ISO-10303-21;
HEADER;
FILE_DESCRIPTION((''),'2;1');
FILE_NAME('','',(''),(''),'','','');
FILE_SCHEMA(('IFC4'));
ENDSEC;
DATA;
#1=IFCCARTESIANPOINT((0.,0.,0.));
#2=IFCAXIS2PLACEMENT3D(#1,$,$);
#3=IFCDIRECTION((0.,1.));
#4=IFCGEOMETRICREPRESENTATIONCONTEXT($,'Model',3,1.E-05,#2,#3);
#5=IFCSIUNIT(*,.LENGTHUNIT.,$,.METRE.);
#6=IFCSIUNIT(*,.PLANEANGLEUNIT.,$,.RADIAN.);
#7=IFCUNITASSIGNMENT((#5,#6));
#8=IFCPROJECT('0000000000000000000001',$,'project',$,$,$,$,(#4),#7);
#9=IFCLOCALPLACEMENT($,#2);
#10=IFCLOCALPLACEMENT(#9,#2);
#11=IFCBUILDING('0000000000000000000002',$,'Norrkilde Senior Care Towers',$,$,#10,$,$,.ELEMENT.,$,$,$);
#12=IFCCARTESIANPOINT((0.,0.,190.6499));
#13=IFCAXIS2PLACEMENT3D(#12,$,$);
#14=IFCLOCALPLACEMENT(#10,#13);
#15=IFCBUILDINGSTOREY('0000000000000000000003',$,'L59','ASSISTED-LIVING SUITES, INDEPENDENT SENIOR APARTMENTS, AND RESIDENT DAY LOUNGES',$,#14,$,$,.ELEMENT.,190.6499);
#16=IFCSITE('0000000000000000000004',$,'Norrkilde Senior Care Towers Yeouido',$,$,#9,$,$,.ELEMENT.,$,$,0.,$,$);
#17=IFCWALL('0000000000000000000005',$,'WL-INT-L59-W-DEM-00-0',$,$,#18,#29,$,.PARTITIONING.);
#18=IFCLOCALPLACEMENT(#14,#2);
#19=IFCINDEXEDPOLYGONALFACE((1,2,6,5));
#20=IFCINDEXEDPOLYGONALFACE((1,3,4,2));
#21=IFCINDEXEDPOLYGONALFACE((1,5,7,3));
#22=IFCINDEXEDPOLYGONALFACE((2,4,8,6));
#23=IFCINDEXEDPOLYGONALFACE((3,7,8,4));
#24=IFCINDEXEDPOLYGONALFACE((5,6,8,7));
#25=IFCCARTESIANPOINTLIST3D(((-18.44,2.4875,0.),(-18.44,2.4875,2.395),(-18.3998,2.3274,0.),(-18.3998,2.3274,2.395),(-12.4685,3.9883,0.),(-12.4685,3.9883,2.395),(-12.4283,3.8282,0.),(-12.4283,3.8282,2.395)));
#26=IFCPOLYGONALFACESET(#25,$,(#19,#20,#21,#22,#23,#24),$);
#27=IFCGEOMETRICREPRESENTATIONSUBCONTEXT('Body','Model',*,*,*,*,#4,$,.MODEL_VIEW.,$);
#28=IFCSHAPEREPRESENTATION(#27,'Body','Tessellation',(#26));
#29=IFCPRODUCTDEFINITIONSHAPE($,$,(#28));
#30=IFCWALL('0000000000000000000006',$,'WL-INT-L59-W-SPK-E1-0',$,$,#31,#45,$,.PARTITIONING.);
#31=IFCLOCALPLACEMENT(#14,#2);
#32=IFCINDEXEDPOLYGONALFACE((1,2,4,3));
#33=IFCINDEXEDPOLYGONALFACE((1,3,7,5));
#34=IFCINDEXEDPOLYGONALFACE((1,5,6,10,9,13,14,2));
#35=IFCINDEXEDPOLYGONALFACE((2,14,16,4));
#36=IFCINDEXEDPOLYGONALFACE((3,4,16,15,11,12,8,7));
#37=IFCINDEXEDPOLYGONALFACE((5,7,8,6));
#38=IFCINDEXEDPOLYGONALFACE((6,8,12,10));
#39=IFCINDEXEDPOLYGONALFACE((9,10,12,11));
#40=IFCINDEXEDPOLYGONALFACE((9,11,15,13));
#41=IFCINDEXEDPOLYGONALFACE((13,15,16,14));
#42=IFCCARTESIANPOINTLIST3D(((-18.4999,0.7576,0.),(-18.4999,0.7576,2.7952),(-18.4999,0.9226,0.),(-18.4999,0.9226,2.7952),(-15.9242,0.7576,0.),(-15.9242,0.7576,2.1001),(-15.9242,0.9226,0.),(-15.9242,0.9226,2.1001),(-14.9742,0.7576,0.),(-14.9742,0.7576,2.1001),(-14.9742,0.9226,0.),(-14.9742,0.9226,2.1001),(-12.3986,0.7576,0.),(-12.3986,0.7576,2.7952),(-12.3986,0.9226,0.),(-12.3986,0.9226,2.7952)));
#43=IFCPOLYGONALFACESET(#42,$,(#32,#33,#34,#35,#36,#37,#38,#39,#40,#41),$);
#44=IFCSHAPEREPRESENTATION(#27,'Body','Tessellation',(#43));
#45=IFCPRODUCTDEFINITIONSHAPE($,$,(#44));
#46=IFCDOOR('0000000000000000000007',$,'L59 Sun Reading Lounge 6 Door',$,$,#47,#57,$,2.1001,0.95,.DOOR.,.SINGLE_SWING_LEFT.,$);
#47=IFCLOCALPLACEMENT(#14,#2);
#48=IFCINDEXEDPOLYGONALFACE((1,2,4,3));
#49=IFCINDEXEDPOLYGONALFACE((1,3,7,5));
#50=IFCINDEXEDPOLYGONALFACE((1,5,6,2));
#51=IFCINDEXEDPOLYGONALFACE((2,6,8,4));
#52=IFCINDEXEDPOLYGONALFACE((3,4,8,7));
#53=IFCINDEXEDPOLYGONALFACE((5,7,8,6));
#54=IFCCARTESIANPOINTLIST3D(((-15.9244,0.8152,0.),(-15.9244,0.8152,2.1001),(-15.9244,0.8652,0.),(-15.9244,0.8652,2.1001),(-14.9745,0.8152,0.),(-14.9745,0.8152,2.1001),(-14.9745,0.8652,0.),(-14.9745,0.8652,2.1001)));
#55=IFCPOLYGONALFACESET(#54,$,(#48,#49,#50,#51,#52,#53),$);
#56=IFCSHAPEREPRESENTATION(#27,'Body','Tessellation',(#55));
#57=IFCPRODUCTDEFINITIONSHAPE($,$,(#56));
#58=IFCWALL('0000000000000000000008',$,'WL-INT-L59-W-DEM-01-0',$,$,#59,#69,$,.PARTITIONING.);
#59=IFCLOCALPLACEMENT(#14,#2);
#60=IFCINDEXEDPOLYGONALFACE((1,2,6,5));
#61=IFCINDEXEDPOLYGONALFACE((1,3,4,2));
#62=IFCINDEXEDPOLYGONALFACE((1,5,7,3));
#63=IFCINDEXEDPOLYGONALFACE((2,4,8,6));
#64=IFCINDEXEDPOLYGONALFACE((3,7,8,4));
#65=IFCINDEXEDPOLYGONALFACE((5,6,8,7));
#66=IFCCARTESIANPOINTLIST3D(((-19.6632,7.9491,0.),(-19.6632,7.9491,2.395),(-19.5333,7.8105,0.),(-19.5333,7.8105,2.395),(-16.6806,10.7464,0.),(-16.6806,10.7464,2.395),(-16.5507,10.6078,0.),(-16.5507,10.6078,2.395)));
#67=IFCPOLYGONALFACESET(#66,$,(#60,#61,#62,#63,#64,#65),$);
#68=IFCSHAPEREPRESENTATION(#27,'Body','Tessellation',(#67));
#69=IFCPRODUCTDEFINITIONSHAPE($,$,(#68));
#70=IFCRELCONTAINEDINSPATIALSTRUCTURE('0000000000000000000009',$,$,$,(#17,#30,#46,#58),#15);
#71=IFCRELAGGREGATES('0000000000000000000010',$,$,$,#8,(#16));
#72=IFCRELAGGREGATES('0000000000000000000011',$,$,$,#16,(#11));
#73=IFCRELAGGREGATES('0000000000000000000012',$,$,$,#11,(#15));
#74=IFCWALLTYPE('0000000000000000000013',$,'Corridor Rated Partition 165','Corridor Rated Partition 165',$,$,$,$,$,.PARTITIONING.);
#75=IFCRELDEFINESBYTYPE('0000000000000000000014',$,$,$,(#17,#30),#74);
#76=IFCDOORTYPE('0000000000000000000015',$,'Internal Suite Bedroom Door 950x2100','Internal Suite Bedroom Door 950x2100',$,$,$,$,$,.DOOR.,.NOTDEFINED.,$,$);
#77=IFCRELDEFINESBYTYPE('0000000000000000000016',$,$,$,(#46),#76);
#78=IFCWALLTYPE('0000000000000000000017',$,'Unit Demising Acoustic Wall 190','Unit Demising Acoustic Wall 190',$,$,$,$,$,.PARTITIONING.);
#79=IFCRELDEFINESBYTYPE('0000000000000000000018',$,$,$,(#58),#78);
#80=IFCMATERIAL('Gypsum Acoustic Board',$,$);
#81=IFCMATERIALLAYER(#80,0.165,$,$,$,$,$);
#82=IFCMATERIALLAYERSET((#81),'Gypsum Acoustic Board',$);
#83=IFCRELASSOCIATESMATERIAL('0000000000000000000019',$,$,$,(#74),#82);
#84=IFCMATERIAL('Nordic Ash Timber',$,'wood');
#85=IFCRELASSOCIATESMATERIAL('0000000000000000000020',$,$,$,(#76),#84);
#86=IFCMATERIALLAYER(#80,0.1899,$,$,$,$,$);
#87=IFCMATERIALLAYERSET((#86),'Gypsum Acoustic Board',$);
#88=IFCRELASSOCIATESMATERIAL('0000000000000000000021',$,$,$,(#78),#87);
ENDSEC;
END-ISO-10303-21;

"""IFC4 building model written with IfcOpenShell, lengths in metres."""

from ifc_helpers import new_model, si_unit, direction, frame, frame_2d, origin, place, context, subcontext, project, spatial, rectangle, extrude, source, transform, mapped, material, layer, layer_set, type_object, type_shapes, element, fill, save


model = new_model("IFC4")

# Units and contexts
model_context = context("Model", 3, precision=1e-05, world=origin(), true_north=direction((0.0, 1.0)))
body_context = subcontext(model_context, "Body", "Model", "MODEL_VIEW")
ifc_project = project(units=[si_unit("LENGTHUNIT", "METRE"), si_unit("PLANEANGLEUNIT", "RADIAN")], contexts=[model_context])

# Site, building, storey
site_placement = place(None, origin())
site = spatial("IfcSite", under=ifc_project, at=site_placement, Name="Norrkilde Senior Care Towers Yeouido", CompositionType="ELEMENT", RefElevation=0.0)
building_placement = place(site_placement, origin())
building = spatial("IfcBuilding", under=site, at=building_placement, Name="Norrkilde Senior Care Towers", CompositionType="ELEMENT")
storey_placement = place(building_placement, frame((0.0, 0.0, 190.6499)))
storey = spatial("IfcBuildingStorey", under=building, at=storey_placement, Name="L59", Description="ASSISTED-LIVING SUITES, INDEPENDENT SENIOR APARTMENTS, AND RESIDENT DAY LOUNGES", CompositionType="ELEMENT", Elevation=190.6499)

# Shared definitions
ifc_material_1 = material(Name="Gypsum Acoustic Board")
ifc_layer_1 = layer(ifc_material_1, 0.165)
ifc_layer_set_1 = layer_set([ifc_layer_1], Name="Gypsum Acoustic Board")
wall_type_1 = type_object("IfcWallType", Name="Corridor Rated Partition 165", Description="Corridor Rated Partition 165", PredefinedType="PARTITIONING", material=ifc_layer_set_1)
ifc_material_2 = material(Name="Nordic Ash Timber", Category="wood")

# Wall
shared_shape_1 = source(origin(), body_context, "Body", "SweptSolid", [
    extrude(rectangle(XDim=6.1572, YDim=0.165, at=frame_2d((3.0786, 0.0))), origin(), (0.0, 0.0, 1.0), 2.395),
])
wall_1_placement = place(storey_placement, frame((-18.4199, 2.4075, 0.0), z_axis=(0.0, 0.0, 1.0), x_axis=(0.969841, 0.243739, 0.0)))
element("IfcWall", 1, at=wall_1_placement, inside=storey, type_object=wall_type_1, Name="WL-INT-L59-W-DEM-00-0", PredefinedType="PARTITIONING", context=body_context, shape_type="MappedRepresentation", body=[
    mapped(shared_shape_1, transform((0.0, 0.0, 0.0), x_axis=(1.0, 0.0, 0.0), y_axis=(0.0, 1.0, 0.0), z_axis=(0.0, 0.0, 1.0), scale=1.0)),
])

# Wall, opening, door
shared_shape_2 = source(origin(), body_context, "Body", "SweptSolid", [
    extrude(rectangle(XDim=6.1013, YDim=0.165, at=frame_2d((3.0508, 0.0))), origin(), (0.0, 0.0, 1.0), 2.7952),
])
wall_2_placement = place(storey_placement, frame((-18.5, 0.8401, 0.0), z_axis=(0.0, 0.0, 1.0), x_axis=(1.0, 0.0, 0.0)))
wall_2 = element("IfcWall", 2, at=wall_2_placement, inside=storey, type_object=wall_type_1, Name="WL-INT-L59-W-SPK-E1-0", PredefinedType="PARTITIONING", context=body_context, shape_type="MappedRepresentation", body=[
    mapped(shared_shape_2, transform((0.0, 0.0, 0.0), x_axis=(1.0, 0.0, 0.0), y_axis=(0.0, 1.0, 0.0), z_axis=(0.0, 0.0, 1.0), scale=1.0)),
])
opening_1_placement = place(wall_2_placement, frame((2.5757, 0.0, 0.0)))
opening_1 = element("IfcOpeningElement", 3, at=opening_1_placement, cuts=wall_2, PredefinedType="OPENING", context=body_context, shape_type="SweptSolid", body=[
    extrude(rectangle(XDim=0.95, YDim=2.1001, at=frame_2d((0.4751, 1.05))), frame((0.0, 0.0925, 0.0), z_axis=(0.0, -1.0, 0.0), x_axis=(1.0, 0.0, 0.0)), (0.0, 0.0, 1.0), 0.1851),
])
door_type_1 = type_object("IfcDoorType", Name="Internal Suite Bedroom Door 950x2100", Description="Internal Suite Bedroom Door 950x2100", OperationType="NOTDEFINED", PredefinedType="DOOR", material=ifc_material_2)
shared_shape_3 = source(origin(), body_context, "Body", "SweptSolid", [
    extrude(rectangle(XDim=0.95, YDim=2.1001, at=frame_2d((0.4751, 1.05))), frame((0.0, 0.0249, 0.0), z_axis=(0.0, -1.0, 0.0), x_axis=(1.0, 0.0, 0.0)), (0.0, 0.0, 1.0), 0.05),
])
type_shapes(door_type_1, [shared_shape_3])
door_1_placement = place(opening_1_placement, frame((0.95, 0.0, 0.0), z_axis=(0.0, 0.0, 1.0), x_axis=(-1.0, 0.0, 0.0)))
door_1 = element("IfcDoor", 4, at=door_1_placement, inside=storey, type_object=door_type_1, Name="L59 Sun Reading Lounge 6 Door", OperationType="SINGLE_SWING_LEFT", OverallHeight=2.1001, OverallWidth=0.95, PredefinedType="DOOR", context=body_context, shape_type="MappedRepresentation", body=[
    mapped(shared_shape_3, transform((0.0, 0.0, 0.0), x_axis=(1.0, 0.0, 0.0), y_axis=(0.0, 1.0, 0.0), z_axis=(0.0, 0.0, 1.0), scale=1.0)),
])
fill(opening_1, door_1)

# Wall
ifc_layer_2 = layer(ifc_material_1, 0.1899)
ifc_layer_set_2 = layer_set([ifc_layer_2], Name="Gypsum Acoustic Board")
wall_type_2 = type_object("IfcWallType", Name="Unit Demising Acoustic Wall 190", Description="Unit Demising Acoustic Wall 190", PredefinedType="PARTITIONING", material=ifc_layer_set_2)
shared_shape_4 = source(origin(), body_context, "Body", "SweptSolid", [
    extrude(rectangle(XDim=4.0891, YDim=0.1899, at=frame_2d((2.0444, 0.0))), origin(), (0.0, 0.0, 1.0), 2.395),
])
type_shapes(wall_type_2, [shared_shape_4])
wall_3_placement = place(storey_placement, frame((-19.5981, 7.8799, 0.0), z_axis=(0.0, 0.0, 1.0), x_axis=(0.729401, 0.684086, 0.0)))
element("IfcWall", 5, at=wall_3_placement, inside=storey, type_object=wall_type_2, Name="WL-INT-L59-W-DEM-01-0", PredefinedType="PARTITIONING", context=body_context, shape_type="MappedRepresentation", body=[
    mapped(shared_shape_4, transform((0.0, 0.0, 0.0), x_axis=(1.0, 0.0, 0.0), y_axis=(0.0, 1.0, 0.0), z_axis=(0.0, 0.0, 1.0), scale=1.0)),
])

save(model, "model.ifc")
